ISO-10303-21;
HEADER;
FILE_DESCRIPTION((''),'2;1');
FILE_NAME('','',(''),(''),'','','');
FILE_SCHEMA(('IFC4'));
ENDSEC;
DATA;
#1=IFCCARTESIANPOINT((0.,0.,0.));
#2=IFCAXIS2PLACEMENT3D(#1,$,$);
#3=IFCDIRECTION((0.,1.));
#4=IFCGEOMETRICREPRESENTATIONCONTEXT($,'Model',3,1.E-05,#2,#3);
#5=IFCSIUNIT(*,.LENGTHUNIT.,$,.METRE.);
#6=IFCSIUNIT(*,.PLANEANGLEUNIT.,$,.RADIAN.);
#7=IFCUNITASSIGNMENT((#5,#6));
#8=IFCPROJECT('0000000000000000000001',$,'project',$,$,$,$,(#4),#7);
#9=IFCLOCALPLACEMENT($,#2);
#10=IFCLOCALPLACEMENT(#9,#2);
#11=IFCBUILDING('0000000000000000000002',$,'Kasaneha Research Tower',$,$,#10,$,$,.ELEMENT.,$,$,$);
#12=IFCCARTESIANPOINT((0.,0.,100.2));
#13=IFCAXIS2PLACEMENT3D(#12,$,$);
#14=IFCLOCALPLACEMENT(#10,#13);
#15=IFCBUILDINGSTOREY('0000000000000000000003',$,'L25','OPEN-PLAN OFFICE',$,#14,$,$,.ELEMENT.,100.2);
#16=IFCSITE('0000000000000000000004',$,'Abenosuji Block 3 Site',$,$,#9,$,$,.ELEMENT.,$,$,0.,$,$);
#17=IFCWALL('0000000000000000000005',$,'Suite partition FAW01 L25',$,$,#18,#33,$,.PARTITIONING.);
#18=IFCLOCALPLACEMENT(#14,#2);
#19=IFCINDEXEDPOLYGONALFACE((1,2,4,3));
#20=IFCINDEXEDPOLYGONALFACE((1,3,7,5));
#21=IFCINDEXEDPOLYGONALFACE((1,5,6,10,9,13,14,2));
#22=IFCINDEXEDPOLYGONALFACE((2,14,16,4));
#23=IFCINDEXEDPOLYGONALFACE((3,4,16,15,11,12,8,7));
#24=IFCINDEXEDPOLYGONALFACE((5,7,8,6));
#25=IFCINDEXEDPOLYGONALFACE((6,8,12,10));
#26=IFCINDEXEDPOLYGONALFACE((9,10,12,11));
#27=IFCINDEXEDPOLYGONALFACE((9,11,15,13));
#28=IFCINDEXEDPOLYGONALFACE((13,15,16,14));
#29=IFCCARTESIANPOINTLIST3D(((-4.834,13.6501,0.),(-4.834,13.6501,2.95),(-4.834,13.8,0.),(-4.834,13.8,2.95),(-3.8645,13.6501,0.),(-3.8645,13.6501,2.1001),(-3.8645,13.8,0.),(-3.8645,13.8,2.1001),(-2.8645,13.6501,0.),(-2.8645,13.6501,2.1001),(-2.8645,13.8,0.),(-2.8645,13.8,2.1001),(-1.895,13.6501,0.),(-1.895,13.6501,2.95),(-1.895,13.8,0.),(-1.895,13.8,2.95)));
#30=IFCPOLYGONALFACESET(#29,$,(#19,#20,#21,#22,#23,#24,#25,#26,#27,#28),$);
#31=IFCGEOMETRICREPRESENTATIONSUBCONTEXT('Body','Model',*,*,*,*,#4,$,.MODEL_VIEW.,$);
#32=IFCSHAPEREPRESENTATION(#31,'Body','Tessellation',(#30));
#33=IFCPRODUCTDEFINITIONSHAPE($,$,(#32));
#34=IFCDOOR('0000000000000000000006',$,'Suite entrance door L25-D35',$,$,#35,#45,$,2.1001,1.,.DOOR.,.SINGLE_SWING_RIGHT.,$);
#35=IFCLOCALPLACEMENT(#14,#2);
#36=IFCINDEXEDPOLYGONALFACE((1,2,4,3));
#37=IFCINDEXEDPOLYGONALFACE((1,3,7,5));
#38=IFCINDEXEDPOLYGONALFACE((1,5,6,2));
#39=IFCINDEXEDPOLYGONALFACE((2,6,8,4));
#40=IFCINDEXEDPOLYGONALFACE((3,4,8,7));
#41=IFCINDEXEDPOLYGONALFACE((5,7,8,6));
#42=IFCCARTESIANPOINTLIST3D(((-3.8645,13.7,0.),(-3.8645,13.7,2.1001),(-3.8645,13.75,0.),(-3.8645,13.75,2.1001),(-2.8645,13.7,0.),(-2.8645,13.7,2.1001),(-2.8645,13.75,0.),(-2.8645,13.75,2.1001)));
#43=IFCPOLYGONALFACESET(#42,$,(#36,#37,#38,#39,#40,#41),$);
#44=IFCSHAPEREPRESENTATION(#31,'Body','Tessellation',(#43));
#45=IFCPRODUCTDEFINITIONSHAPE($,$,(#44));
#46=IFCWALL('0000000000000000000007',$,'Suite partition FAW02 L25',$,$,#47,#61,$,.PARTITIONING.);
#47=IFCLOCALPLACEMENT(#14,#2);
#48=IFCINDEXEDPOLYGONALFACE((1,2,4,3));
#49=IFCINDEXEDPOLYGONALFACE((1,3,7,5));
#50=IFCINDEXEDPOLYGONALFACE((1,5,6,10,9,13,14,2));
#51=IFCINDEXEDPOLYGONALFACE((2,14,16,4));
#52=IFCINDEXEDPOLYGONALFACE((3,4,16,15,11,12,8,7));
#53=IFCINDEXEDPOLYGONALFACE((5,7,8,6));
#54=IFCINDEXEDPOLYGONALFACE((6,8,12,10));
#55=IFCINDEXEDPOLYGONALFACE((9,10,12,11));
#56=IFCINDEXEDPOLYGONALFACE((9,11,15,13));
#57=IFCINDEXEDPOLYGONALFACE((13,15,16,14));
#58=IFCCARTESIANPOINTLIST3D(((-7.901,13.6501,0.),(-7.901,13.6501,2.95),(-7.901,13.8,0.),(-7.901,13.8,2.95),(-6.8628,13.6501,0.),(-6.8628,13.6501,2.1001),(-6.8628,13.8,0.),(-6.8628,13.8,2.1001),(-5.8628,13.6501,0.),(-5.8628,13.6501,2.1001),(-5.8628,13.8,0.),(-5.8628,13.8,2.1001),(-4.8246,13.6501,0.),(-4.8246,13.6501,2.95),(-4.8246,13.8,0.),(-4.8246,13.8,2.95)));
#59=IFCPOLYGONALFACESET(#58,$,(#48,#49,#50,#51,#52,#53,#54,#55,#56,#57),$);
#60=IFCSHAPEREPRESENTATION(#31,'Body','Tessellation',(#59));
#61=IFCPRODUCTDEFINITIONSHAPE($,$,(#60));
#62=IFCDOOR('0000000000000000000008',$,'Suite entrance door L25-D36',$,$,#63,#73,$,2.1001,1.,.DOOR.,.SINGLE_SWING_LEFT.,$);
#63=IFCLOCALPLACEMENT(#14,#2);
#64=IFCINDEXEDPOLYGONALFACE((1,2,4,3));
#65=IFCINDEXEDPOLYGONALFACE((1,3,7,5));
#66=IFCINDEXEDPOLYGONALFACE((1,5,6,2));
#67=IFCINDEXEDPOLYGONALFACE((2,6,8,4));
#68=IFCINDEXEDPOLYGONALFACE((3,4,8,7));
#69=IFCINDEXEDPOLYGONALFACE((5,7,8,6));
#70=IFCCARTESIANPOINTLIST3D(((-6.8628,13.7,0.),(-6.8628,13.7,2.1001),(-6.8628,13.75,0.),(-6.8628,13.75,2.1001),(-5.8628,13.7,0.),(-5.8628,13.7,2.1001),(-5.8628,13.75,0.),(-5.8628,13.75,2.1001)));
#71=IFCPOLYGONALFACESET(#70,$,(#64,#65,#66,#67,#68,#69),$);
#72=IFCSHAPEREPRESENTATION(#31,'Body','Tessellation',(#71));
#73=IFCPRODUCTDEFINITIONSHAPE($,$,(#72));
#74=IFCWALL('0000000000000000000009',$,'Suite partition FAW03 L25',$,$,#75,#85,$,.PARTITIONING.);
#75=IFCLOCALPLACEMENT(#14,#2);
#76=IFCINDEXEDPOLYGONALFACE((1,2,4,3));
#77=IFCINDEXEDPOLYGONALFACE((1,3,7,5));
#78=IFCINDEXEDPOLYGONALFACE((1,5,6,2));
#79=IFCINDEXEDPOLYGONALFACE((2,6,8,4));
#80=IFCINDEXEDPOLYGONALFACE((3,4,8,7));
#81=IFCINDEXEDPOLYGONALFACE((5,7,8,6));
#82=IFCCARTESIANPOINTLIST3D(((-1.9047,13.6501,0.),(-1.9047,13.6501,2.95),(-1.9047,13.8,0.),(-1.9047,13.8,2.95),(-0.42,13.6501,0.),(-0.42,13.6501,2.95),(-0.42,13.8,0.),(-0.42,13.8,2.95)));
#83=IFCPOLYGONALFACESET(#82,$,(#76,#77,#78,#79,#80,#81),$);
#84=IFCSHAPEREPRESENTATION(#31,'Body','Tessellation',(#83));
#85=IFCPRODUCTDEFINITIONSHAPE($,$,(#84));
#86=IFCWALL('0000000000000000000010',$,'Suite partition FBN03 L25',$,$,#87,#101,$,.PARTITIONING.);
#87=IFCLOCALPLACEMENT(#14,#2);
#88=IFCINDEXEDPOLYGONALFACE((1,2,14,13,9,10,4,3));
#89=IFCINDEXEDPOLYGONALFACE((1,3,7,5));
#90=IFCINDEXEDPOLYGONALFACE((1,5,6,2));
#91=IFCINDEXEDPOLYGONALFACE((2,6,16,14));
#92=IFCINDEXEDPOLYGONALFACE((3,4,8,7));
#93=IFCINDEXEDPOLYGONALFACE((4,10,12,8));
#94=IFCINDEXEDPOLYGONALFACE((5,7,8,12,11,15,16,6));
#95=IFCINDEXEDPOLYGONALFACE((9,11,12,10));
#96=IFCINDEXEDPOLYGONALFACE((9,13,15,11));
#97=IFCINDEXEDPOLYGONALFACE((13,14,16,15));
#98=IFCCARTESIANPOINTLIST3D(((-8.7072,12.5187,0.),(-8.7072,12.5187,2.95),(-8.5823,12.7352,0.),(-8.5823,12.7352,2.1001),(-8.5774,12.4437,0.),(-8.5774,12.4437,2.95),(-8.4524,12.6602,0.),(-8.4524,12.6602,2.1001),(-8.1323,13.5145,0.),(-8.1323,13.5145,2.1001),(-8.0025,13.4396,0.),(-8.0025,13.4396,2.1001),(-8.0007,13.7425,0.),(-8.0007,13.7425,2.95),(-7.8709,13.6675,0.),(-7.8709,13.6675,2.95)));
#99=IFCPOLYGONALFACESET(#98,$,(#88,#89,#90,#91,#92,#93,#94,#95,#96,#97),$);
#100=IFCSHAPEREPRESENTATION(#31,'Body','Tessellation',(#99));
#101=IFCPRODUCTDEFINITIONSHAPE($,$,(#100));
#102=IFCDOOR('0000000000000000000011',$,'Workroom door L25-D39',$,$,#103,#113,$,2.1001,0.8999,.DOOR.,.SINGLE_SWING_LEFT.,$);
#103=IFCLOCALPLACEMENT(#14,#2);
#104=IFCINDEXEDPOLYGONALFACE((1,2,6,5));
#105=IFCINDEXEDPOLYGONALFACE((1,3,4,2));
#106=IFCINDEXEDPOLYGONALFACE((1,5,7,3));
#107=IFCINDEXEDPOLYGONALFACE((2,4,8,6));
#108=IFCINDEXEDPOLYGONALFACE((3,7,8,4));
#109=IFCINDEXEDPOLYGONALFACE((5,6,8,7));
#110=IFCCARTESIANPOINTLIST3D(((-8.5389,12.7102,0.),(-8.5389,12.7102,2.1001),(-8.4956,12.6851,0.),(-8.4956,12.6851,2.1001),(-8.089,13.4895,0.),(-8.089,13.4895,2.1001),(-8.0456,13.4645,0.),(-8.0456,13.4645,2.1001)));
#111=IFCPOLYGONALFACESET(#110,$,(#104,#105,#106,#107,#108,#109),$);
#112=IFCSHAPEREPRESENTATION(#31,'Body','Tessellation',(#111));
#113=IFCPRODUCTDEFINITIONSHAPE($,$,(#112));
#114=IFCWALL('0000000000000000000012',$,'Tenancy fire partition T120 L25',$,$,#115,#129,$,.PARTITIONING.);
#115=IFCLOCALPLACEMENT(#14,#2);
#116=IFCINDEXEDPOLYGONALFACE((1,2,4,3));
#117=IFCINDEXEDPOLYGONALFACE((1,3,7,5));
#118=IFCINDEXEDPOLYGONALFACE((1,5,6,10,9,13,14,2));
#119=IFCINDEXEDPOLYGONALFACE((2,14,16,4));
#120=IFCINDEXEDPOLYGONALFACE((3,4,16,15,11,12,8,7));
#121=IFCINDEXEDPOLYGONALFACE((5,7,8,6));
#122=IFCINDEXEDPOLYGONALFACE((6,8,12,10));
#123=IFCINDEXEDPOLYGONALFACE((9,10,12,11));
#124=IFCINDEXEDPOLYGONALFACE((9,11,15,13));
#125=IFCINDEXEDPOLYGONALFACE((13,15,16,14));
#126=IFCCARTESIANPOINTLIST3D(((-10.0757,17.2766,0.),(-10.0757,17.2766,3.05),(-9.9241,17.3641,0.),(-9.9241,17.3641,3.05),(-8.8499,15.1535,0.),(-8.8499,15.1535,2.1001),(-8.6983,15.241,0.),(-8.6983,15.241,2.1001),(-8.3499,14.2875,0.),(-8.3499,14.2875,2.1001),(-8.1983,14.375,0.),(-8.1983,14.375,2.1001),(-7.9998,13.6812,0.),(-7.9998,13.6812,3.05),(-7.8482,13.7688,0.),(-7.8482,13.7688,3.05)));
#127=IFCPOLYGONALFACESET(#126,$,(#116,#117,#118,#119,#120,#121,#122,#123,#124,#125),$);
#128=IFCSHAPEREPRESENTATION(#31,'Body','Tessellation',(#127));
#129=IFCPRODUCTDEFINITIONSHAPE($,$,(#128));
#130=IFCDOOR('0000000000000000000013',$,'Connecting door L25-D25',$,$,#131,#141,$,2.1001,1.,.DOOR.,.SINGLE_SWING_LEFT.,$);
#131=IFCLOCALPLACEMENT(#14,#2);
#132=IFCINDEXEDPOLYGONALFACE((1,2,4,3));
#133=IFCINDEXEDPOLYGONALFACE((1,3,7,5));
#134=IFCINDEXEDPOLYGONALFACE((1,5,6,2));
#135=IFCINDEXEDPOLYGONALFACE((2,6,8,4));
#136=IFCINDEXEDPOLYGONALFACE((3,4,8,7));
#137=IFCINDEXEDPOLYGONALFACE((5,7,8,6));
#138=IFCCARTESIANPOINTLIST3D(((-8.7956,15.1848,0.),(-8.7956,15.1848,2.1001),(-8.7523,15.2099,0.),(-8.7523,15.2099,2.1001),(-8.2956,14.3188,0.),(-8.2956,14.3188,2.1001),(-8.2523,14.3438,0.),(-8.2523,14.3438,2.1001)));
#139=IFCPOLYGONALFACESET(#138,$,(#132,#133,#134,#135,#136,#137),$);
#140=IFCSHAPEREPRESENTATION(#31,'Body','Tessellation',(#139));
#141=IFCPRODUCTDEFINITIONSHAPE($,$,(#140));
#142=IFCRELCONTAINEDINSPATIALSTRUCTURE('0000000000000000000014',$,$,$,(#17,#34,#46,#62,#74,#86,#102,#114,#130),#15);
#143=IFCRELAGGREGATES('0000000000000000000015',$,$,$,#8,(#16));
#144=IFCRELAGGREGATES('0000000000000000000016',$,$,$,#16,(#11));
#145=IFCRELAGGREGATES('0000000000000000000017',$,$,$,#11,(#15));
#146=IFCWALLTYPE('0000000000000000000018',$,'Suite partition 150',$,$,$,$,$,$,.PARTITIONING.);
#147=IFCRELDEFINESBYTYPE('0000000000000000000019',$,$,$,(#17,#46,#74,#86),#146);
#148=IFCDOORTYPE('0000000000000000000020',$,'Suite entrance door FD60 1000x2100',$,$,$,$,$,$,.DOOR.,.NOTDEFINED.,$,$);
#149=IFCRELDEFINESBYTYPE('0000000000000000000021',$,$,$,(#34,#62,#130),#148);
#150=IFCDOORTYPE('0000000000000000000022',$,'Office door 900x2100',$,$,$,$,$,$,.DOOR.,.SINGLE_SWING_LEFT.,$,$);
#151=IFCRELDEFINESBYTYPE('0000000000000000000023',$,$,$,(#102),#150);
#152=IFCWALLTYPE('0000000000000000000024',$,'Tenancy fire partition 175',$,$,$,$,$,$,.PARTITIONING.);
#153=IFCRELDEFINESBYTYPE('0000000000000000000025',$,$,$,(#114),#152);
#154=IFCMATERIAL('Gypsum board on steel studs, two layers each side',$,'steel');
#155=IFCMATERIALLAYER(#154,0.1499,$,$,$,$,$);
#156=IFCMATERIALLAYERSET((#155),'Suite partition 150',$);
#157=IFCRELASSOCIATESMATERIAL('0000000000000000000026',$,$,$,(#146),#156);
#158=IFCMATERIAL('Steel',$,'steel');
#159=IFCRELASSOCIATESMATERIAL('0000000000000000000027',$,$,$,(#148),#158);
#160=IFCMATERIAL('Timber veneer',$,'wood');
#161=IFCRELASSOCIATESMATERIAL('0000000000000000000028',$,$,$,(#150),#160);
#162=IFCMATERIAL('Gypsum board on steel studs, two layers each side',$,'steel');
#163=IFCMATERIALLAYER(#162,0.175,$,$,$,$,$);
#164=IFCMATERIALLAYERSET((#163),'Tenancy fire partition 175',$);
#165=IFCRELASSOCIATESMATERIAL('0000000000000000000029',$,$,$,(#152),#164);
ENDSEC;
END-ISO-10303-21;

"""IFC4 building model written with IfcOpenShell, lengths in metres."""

from ifc_helpers import new_model, si_unit, direction, frame, frame_2d, origin, place, context, subcontext, project, spatial, rectangle, extrude, material, layer, layer_set, type_object, element, fill, save


model = new_model("IFC4")

# Units and contexts
model_context = context("Model", 3, precision=1e-05, world=origin(), true_north=direction((0.0, 1.0)))
body_context = subcontext(model_context, "Body", "Model", "MODEL_VIEW")
ifc_project = project(units=[si_unit("LENGTHUNIT", "METRE"), si_unit("PLANEANGLEUNIT", "RADIAN")], contexts=[model_context])

# Site, building, storey
site_placement = place(None, origin())
site = spatial("IfcSite", under=ifc_project, at=site_placement, Name="Abenosuji Block 3 Site", CompositionType="ELEMENT", RefElevation=0.0)
building_placement = place(site_placement, origin())
building = spatial("IfcBuilding", under=site, at=building_placement, Name="Kasaneha Research Tower", CompositionType="ELEMENT")
storey_placement = place(building_placement, frame((0.0, 0.0, 100.2)))
storey = spatial("IfcBuildingStorey", under=building, at=storey_placement, Name="L25", Description="OPEN-PLAN OFFICE", CompositionType="ELEMENT", Elevation=100.2)

# Walls, openings, doors
ifc_material_1 = material(Name="Gypsum board on steel studs, two layers each side", Category="steel")
ifc_layer_1 = layer(ifc_material_1, 0.1499)
ifc_layer_set_1 = layer_set([ifc_layer_1], Name="Suite partition 150")
wall_type_1 = type_object("IfcWallType", Name="Suite partition 150", PredefinedType="PARTITIONING", material=ifc_layer_set_1)
wall_1_placement = place(storey_placement, frame((-4.834, 13.7251, 0.0), z_axis=(0.0, 0.0, 1.0), x_axis=(1.0, 0.0, 0.0)))
wall_1 = element("IfcWall", 1, at=wall_1_placement, inside=storey, type_object=wall_type_1, Name="Suite partition FAW01 L25", PredefinedType="PARTITIONING", context=body_context, shape_type="SweptSolid", body=[
    extrude(rectangle(XDim=2.939, YDim=0.1499, at=frame_2d((1.4695, 0.0))), origin(), (0.0, 0.0, 1.0), 2.95),
])
opening_1_placement = place(wall_1_placement, frame((0.9695, 0.0, 0.0)))
opening_1 = element("IfcOpeningElement", 2, at=opening_1_placement, cuts=wall_1, PredefinedType="OPENING", context=body_context, shape_type="SweptSolid", body=[
    extrude(rectangle(XDim=1.0, YDim=2.1001, at=frame_2d((0.5, 1.05))), frame((0.0, 0.085, 0.0), z_axis=(0.0, -1.0, 0.0), x_axis=(1.0, 0.0, 0.0)), (0.0, 0.0, 1.0), 0.1699),
])
ifc_material_2 = material(Name="Steel", Category="steel")
door_type_1 = type_object("IfcDoorType", Name="Suite entrance door FD60 1000x2100", OperationType="NOTDEFINED", PredefinedType="DOOR", material=ifc_material_2)
door_1_placement = place(opening_1_placement, origin())
door_1 = element("IfcDoor", 3, at=door_1_placement, inside=storey, type_object=door_type_1, Name="Suite entrance door L25-D35", OperationType="SINGLE_SWING_RIGHT", OverallHeight=2.1001, OverallWidth=1.0, PredefinedType="DOOR", context=body_context, shape_type="SweptSolid", body=[
    extrude(rectangle(XDim=1.0, YDim=2.1001, at=frame_2d((0.5, 1.05))), frame((0.0, 0.0249, 0.0), z_axis=(0.0, -1.0, 0.0), x_axis=(1.0, 0.0, 0.0)), (0.0, 0.0, 1.0), 0.05),
])
fill(opening_1, door_1)
wall_2_placement = place(storey_placement, frame((-7.9009, 13.7251, 0.0), z_axis=(0.0, 0.0, 1.0), x_axis=(1.0, 0.0, 0.0)))
wall_2 = element("IfcWall", 4, at=wall_2_placement, inside=storey, type_object=wall_type_1, Name="Suite partition FAW02 L25", PredefinedType="PARTITIONING", context=body_context, shape_type="SweptSolid", body=[
    extrude(rectangle(XDim=3.0764, YDim=0.1499, at=frame_2d((1.5381, 0.0))), origin(), (0.0, 0.0, 1.0), 2.95),
])
opening_2_placement = place(wall_2_placement, frame((1.0381, 0.0, 0.0)))
opening_2 = element("IfcOpeningElement", 5, at=opening_2_placement, cuts=wall_2, PredefinedType="OPENING", context=body_context, shape_type="SweptSolid", body=[
    extrude(rectangle(XDim=1.0, YDim=2.1001, at=frame_2d((0.5, 1.05))), frame((0.0, 0.085, 0.0), z_axis=(0.0, -1.0, 0.0), x_axis=(1.0, 0.0, 0.0)), (0.0, 0.0, 1.0), 0.1699),
])
door_2_placement = place(opening_2_placement, origin())
door_2 = element("IfcDoor", 6, at=door_2_placement, inside=storey, type_object=door_type_1, Name="Suite entrance door L25-D36", OperationType="SINGLE_SWING_LEFT", OverallHeight=2.1001, OverallWidth=1.0, PredefinedType="DOOR", context=body_context, shape_type="SweptSolid", body=[
    extrude(rectangle(XDim=1.0, YDim=2.1001, at=frame_2d((0.5, 1.05))), frame((0.0, 0.0249, 0.0), z_axis=(0.0, -1.0, 0.0), x_axis=(1.0, 0.0, 0.0)), (0.0, 0.0, 1.0), 0.05),
])
fill(opening_2, door_2)

# Wall
wall_3_placement = place(storey_placement, frame((-1.9045, 13.7251, 0.0), z_axis=(0.0, 0.0, 1.0), x_axis=(1.0, 0.0, 0.0)))
element("IfcWall", 7, at=wall_3_placement, inside=storey, type_object=wall_type_1, Name="Suite partition FAW03 L25", PredefinedType="PARTITIONING", context=body_context, shape_type="SweptSolid", body=[
    extrude(rectangle(XDim=1.4846, YDim=0.1499, at=frame_2d((0.7422, 0.0))), origin(), (0.0, 0.0, 1.0), 2.95),
])

# Walls, openings, doors
wall_4_placement = place(storey_placement, frame((-8.6423, 12.4812, 0.0), z_axis=(0.0, 0.0, 1.0), x_axis=(0.499967, 0.866045, 0.0)))
wall_4 = element("IfcWall", 8, at=wall_4_placement, inside=storey, type_object=wall_type_1, Name="Suite partition FBN03 L25", PredefinedType="PARTITIONING", context=body_context, shape_type="SweptSolid", body=[
    extrude(rectangle(XDim=1.4131, YDim=0.1499, at=frame_2d((0.7065, 0.0))), origin(), (0.0, 0.0, 1.0), 2.95),
])
opening_3_placement = place(wall_4_placement, frame((0.25, 0.0, 0.0)))
opening_3 = element("IfcOpeningElement", 9, at=opening_3_placement, cuts=wall_4, PredefinedType="OPENING", context=body_context, shape_type="SweptSolid", body=[
    extrude(rectangle(XDim=0.8999, YDim=2.1001, at=frame_2d((0.45, 1.05))), frame((0.0, 0.085, 0.0), z_axis=(0.0, -1.0, 0.0), x_axis=(1.0, 0.0, 0.0)), (0.0, 0.0, 1.0), 0.1699),
])
ifc_material_3 = material(Name="Timber veneer", Category="wood")
door_type_2 = type_object("IfcDoorType", Name="Office door 900x2100", OperationType="SINGLE_SWING_LEFT", PredefinedType="DOOR", material=ifc_material_3)
door_3_placement = place(opening_3_placement, origin())
door_3 = element("IfcDoor", 10, at=door_3_placement, inside=storey, type_object=door_type_2, Name="Workroom door L25-D39", OperationType="SINGLE_SWING_LEFT", OverallHeight=2.1001, OverallWidth=0.8999, PredefinedType="DOOR", context=body_context, shape_type="SweptSolid", body=[
    extrude(rectangle(XDim=0.8999, YDim=2.1001, at=frame_2d((0.45, 1.05))), frame((0.0, 0.0249, 0.0), z_axis=(0.0, -1.0, 0.0), x_axis=(1.0, 0.0, 0.0)), (0.0, 0.0, 1.0), 0.05),
])
fill(opening_3, door_3)
ifc_material_4 = material(Name="Gypsum board on steel studs, two layers each side", Category="steel")
ifc_layer_2 = layer(ifc_material_4, 0.175)
ifc_layer_set_2 = layer_set([ifc_layer_2], Name="Tenancy fire partition 175")
wall_type_2 = type_object("IfcWallType", Name="Tenancy fire partition 175", PredefinedType="PARTITIONING", material=ifc_layer_set_2)
wall_5_placement = place(storey_placement, frame((-7.9241, 13.7251, 0.0), z_axis=(0.0, 0.0, 1.0), x_axis=(-0.500016, 0.866016, 0.0)))
wall_5 = element("IfcWall", 11, at=wall_5_placement, inside=storey, type_object=wall_type_2, Name="Tenancy fire partition T120 L25", PredefinedType="PARTITIONING", context=body_context, shape_type="SweptSolid", body=[
    extrude(rectangle(XDim=4.1516, YDim=0.175, at=frame_2d((2.0757, 0.0))), origin(), (0.0, 0.0, 1.0), 3.05),
])
opening_4_placement = place(wall_5_placement, frame((0.7, 0.0, 0.0)))
opening_4 = element("IfcOpeningElement", 12, at=opening_4_placement, cuts=wall_5, PredefinedType="OPENING", context=body_context, shape_type="SweptSolid", body=[
    extrude(rectangle(XDim=1.0, YDim=2.1001, at=frame_2d((0.5, 1.05))), frame((0.0, 0.0977, 0.0), z_axis=(0.0, -1.0, 0.0), x_axis=(1.0, 0.0, 0.0)), (0.0, 0.0, 1.0), 0.1951),
])
door_4_placement = place(opening_4_placement, origin())
door_4 = element("IfcDoor", 13, at=door_4_placement, inside=storey, type_object=door_type_1, Name="Connecting door L25-D25", OperationType="SINGLE_SWING_LEFT", OverallHeight=2.1001, OverallWidth=1.0, PredefinedType="DOOR", context=body_context, shape_type="SweptSolid", body=[
    extrude(rectangle(XDim=1.0, YDim=2.1001, at=frame_2d((0.5, 1.05))), frame((0.0, 0.0249, 0.0), z_axis=(0.0, -1.0, 0.0), x_axis=(1.0, 0.0, 0.0)), (0.0, 0.0, 1.0), 0.05),
])
fill(opening_4, door_4)

save(model, "model.ifc")
